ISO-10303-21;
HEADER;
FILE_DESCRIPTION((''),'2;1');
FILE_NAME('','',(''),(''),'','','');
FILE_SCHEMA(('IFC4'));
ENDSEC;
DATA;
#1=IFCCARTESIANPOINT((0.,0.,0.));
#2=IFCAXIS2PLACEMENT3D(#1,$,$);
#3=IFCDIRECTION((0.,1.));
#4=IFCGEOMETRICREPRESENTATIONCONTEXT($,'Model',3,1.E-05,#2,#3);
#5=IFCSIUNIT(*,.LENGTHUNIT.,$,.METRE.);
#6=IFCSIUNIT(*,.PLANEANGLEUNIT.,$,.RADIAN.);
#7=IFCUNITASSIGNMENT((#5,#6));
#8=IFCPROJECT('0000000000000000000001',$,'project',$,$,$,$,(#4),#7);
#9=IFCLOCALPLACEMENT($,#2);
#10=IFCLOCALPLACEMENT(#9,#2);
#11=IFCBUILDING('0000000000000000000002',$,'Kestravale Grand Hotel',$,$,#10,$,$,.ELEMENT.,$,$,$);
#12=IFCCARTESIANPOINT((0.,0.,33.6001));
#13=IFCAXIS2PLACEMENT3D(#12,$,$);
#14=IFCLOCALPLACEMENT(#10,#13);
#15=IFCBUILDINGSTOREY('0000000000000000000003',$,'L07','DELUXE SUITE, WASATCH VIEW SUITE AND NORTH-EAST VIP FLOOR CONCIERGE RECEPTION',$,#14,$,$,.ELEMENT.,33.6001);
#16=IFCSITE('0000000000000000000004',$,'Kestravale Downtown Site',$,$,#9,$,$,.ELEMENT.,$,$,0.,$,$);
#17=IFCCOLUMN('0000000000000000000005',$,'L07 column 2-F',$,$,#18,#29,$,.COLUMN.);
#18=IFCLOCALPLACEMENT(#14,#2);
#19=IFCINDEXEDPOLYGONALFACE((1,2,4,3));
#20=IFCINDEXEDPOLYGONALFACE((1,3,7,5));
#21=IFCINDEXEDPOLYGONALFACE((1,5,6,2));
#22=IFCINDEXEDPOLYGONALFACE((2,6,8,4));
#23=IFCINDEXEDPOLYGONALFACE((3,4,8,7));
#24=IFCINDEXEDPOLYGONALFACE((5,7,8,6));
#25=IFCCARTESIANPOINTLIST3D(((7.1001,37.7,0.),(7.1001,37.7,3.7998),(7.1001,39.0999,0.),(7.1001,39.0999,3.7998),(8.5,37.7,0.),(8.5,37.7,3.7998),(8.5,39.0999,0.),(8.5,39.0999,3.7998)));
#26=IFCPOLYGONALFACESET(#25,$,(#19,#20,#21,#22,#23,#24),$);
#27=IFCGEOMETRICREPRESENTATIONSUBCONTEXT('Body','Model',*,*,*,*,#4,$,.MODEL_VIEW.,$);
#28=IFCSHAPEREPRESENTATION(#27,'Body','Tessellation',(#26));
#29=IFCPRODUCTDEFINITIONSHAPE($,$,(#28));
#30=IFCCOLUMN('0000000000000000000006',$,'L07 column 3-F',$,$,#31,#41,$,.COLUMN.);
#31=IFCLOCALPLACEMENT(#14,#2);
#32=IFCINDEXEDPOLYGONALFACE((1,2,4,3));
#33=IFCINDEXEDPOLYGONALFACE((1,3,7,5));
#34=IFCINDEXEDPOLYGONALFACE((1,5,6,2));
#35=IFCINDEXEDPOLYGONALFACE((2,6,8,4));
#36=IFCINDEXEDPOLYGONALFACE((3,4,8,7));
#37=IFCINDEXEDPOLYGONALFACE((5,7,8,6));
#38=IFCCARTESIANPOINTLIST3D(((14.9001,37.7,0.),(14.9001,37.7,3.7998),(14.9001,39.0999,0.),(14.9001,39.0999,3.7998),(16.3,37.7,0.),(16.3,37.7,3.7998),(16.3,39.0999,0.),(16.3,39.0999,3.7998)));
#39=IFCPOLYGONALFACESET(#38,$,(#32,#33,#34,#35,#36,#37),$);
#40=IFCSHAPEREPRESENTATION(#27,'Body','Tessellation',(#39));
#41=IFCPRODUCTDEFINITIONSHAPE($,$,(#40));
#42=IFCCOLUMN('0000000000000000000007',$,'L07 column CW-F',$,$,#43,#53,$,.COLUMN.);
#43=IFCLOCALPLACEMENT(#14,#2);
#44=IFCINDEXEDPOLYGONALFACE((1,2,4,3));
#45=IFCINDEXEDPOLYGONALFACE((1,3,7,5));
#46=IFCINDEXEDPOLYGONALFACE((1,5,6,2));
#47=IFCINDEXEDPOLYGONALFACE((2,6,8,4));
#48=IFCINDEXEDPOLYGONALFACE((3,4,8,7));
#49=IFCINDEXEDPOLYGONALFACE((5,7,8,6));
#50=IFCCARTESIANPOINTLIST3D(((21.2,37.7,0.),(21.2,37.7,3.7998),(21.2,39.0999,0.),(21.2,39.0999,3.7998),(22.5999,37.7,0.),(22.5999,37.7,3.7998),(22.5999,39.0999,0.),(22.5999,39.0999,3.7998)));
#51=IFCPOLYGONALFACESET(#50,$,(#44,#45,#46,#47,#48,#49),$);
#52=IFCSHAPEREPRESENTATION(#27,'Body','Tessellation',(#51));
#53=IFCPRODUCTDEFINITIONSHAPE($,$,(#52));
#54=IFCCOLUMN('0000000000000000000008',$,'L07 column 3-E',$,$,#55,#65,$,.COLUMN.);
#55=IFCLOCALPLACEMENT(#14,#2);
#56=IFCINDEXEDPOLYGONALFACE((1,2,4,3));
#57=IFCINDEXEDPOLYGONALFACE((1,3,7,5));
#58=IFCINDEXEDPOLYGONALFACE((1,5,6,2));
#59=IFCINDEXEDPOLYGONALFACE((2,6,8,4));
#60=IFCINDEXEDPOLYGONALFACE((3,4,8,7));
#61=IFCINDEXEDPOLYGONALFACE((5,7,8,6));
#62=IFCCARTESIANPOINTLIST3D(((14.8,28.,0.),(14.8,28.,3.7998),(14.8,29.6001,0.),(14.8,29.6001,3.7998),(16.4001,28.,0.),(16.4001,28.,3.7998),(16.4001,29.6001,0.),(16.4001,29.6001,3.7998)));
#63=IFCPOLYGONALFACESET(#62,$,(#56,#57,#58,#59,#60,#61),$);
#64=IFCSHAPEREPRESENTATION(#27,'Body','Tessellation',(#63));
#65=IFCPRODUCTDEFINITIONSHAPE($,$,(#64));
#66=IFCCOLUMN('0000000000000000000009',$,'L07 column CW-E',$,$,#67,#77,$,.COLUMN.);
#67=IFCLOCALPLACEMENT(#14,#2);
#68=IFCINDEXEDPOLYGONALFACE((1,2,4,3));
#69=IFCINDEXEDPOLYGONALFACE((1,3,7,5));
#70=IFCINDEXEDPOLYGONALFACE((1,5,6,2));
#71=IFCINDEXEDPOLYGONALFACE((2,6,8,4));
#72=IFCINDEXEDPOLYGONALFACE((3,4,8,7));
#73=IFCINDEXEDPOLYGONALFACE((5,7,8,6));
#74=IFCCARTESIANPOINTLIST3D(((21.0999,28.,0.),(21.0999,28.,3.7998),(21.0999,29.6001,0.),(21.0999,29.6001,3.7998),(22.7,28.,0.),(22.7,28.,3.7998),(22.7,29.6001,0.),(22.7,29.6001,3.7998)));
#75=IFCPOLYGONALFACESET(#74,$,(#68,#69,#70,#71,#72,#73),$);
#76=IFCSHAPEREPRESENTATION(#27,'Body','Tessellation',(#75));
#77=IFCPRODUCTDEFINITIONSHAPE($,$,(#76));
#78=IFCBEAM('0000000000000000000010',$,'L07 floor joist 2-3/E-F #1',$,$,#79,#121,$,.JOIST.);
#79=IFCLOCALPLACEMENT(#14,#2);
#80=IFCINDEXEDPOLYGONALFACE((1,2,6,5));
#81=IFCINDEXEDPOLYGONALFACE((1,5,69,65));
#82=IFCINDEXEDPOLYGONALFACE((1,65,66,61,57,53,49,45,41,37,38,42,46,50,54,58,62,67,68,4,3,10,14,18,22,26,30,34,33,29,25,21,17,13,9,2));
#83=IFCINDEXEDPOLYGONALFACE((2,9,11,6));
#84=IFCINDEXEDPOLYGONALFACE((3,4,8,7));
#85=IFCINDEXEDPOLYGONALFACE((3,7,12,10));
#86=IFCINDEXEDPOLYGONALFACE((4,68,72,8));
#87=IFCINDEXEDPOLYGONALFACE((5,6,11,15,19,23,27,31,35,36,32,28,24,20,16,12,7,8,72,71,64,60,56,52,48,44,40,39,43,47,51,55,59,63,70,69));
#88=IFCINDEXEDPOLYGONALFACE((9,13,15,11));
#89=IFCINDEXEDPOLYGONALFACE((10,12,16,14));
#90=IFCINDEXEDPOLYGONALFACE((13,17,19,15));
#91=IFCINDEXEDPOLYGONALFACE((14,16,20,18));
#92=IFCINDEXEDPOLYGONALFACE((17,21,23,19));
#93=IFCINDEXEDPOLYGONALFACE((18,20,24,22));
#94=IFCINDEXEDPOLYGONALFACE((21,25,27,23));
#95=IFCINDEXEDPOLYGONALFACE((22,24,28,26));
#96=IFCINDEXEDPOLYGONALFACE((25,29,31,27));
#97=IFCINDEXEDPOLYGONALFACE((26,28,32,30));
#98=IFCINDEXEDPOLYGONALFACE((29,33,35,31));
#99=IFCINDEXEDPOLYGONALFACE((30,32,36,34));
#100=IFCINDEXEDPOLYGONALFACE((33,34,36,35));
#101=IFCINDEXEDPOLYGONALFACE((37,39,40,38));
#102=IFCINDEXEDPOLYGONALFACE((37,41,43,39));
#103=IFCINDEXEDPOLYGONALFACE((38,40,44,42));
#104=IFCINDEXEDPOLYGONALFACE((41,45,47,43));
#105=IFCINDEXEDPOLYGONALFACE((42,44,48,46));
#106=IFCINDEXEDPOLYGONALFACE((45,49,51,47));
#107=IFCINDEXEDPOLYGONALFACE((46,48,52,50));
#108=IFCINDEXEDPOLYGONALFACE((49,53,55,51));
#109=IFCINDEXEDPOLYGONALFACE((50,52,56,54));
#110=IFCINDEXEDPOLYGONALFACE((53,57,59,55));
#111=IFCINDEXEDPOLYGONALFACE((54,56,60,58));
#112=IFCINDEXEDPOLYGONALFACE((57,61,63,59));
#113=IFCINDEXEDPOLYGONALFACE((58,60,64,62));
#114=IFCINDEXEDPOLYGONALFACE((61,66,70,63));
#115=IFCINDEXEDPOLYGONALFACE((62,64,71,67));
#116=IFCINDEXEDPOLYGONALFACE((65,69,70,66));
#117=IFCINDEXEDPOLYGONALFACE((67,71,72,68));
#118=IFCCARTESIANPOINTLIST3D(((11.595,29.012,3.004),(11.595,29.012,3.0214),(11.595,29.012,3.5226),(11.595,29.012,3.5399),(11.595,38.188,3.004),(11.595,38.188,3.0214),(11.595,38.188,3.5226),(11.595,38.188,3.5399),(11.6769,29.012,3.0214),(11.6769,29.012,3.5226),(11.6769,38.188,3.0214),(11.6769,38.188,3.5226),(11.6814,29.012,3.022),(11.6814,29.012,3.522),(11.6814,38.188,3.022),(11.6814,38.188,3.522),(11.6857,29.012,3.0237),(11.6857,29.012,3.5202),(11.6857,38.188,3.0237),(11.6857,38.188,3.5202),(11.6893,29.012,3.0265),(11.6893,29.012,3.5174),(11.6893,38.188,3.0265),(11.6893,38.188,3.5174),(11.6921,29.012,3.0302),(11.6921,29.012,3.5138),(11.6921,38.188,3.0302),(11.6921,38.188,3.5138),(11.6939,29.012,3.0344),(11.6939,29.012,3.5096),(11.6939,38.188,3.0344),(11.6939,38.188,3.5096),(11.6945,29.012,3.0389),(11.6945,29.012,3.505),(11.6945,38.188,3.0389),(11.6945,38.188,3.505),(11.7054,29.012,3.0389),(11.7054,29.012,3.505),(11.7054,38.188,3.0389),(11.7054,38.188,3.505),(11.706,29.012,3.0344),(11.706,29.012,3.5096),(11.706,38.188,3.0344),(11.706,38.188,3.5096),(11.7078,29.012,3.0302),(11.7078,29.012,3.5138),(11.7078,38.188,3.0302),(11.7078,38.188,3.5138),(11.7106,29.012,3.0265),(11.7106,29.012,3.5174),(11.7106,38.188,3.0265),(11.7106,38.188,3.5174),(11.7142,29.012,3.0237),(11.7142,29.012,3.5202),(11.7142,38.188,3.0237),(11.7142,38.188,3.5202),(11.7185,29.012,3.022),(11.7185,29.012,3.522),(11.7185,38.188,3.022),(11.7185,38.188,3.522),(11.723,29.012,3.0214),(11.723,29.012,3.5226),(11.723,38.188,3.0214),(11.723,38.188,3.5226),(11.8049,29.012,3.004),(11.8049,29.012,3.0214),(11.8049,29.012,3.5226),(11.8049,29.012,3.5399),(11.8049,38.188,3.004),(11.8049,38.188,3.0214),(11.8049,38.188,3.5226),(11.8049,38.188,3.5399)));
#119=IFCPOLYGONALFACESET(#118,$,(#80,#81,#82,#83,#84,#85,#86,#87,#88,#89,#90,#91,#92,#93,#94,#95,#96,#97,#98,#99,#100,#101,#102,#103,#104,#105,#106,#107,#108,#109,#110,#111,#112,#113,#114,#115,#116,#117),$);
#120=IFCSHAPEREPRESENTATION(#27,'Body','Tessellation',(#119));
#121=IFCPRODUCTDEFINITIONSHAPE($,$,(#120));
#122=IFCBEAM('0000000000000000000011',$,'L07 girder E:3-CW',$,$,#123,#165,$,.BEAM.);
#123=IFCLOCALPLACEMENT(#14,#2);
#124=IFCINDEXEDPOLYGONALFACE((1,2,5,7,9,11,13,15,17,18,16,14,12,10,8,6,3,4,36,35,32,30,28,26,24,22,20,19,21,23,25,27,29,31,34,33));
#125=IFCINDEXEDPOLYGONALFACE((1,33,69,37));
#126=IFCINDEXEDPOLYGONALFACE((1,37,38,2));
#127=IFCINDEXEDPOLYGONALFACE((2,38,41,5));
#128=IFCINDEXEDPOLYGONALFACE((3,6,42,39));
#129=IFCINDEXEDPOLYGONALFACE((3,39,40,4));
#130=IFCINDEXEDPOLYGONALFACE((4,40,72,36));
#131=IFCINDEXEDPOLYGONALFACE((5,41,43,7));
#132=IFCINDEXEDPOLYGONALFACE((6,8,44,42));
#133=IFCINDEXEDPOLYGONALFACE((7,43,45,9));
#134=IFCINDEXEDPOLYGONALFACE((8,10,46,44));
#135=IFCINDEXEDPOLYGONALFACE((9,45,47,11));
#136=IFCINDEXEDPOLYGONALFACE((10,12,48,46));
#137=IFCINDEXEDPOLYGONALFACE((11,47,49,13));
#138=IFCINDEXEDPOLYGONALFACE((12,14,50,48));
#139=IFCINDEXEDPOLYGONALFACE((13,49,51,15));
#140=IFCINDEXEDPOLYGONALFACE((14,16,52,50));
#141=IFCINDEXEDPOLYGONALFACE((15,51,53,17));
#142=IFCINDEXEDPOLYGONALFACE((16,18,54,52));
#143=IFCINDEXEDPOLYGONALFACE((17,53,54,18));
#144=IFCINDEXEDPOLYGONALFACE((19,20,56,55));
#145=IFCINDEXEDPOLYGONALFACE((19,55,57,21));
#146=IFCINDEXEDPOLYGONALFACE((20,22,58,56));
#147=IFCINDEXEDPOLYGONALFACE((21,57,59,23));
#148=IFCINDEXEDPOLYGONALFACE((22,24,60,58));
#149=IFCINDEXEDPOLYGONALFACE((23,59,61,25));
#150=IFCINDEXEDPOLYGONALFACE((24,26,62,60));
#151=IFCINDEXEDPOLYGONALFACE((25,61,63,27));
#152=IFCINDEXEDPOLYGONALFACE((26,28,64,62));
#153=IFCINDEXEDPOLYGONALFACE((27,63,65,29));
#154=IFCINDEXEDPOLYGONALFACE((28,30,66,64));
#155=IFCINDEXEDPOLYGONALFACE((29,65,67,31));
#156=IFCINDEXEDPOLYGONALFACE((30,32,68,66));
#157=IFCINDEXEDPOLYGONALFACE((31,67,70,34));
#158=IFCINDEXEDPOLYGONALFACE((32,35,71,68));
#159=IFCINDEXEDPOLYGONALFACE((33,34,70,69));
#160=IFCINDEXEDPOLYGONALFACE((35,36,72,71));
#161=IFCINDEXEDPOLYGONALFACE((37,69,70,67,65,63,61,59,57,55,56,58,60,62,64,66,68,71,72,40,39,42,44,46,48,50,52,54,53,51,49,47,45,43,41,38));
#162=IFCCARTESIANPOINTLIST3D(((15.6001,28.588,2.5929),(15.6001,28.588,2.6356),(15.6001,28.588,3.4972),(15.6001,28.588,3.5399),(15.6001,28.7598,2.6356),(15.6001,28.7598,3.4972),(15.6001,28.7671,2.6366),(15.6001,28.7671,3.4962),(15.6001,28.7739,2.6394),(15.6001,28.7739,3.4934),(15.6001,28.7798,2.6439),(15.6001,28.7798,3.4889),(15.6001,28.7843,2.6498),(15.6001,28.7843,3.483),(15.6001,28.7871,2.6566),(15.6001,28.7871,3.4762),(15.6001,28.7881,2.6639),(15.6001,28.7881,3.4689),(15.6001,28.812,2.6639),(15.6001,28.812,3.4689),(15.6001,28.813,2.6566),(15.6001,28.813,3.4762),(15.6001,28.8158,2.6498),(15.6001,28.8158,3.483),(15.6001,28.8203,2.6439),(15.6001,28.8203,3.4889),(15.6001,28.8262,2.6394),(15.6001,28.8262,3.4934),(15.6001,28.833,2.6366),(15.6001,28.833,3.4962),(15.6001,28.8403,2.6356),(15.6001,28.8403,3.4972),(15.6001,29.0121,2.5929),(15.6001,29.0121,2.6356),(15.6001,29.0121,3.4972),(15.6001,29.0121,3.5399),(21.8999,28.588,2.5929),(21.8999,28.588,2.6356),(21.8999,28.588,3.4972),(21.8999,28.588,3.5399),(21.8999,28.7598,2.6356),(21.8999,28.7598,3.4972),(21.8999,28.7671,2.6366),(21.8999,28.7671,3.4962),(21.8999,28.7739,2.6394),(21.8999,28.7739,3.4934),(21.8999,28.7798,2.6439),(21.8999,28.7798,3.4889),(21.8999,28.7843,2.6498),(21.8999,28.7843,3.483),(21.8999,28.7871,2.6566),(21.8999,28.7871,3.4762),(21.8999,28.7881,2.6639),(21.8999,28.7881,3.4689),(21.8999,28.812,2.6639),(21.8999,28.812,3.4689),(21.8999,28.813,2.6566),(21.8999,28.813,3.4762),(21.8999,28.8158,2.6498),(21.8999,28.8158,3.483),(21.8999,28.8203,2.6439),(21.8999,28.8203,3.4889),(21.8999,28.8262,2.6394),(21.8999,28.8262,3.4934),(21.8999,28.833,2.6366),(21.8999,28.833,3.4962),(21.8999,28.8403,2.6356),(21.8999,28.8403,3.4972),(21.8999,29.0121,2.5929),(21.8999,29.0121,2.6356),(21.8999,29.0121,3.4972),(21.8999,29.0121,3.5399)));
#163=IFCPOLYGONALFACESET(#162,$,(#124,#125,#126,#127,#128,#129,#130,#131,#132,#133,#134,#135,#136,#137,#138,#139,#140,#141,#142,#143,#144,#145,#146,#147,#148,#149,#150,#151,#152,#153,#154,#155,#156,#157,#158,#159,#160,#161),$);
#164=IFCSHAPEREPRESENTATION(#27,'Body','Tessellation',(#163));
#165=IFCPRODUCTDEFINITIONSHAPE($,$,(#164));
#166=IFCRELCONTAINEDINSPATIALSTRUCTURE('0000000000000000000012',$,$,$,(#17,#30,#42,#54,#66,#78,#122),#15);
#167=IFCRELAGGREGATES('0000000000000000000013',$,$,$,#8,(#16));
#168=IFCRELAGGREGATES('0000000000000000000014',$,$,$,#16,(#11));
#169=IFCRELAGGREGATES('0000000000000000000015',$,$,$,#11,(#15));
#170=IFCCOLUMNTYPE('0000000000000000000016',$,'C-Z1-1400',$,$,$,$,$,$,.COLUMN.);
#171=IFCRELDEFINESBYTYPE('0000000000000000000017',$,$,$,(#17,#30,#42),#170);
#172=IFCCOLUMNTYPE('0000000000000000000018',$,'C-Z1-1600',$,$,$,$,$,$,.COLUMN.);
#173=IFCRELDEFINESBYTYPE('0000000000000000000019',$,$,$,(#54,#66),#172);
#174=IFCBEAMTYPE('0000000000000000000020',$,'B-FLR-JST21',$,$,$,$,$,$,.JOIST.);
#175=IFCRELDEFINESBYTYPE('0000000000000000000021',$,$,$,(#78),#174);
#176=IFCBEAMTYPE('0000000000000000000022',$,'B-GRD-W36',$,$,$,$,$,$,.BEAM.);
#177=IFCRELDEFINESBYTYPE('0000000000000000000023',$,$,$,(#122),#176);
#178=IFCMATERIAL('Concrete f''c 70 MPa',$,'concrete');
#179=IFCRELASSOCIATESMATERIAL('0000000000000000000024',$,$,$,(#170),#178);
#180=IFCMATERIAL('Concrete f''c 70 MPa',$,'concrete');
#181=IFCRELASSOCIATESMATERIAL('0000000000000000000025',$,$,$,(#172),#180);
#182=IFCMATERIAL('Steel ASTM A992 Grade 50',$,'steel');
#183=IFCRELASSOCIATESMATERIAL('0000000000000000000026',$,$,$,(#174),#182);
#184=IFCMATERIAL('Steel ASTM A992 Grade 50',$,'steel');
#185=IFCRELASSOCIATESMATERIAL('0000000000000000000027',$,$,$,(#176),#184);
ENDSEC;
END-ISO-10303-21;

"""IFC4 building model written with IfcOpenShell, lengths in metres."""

from ifc_helpers import new_model, si_unit, direction, frame, origin, origin_2d, place, context, subcontext, project, spatial, rectangle, i_section, extrude, material, material_profile, profile_set, type_object, element, save


model = new_model("IFC4")

# Units and contexts
model_context = context("Model", 3, precision=1e-05, world=origin(), true_north=direction((0.0, 1.0)))
body_context = subcontext(model_context, "Body", "Model", "MODEL_VIEW")
ifc_project = project(units=[si_unit("LENGTHUNIT", "METRE"), si_unit("PLANEANGLEUNIT", "RADIAN")], contexts=[model_context])

# Site, building, storey
site_placement = place(None, origin())
site = spatial("IfcSite", under=ifc_project, at=site_placement, Name="Kestravale Downtown Site", CompositionType="ELEMENT", RefElevation=0.0)
building_placement = place(site_placement, origin())
building = spatial("IfcBuilding", under=site, at=building_placement, Name="Kestravale Grand Hotel", CompositionType="ELEMENT")
storey_placement = place(building_placement, frame((0.0, 0.0, 33.6001)))
storey = spatial("IfcBuildingStorey", under=building, at=storey_placement, Name="L07", Description="DELUXE SUITE, WASATCH VIEW SUITE AND NORTH-EAST VIP FLOOR CONCIERGE RECEPTION", CompositionType="ELEMENT", Elevation=33.6001)

# Columns
ifc_material_1 = material(Name="Concrete f'c 70 MPa", Category="concrete")
ifc_material_profile_1 = material_profile(ifc_material_1, rectangle(XDim=1.3999, YDim=1.3999, at=origin_2d()))
ifc_profile_set_1 = profile_set([ifc_material_profile_1], Name="Concrete f'c 70 MPa")
column_type_1 = type_object("IfcColumnType", Name="C-Z1-1400", PredefinedType="COLUMN", material=ifc_profile_set_1)
for number, where, z_axis, x_axis, name in (
    (1, (7.8, 38.3999, 0.0), (0.0, 0.0, 1.0), (1.0, 0.0, 0.0), "L07 column 2-F"),
    (2, (15.6001, 38.3999, 0.0), (0.0, 0.0, 1.0), (1.0, 0.0, 0.0), "L07 column 3-F"),
    (3, (21.8999, 38.3999, 0.0), (0.0, 0.0, 1.0), (1.0, 0.0, 0.0), "L07 column CW-F"),
):
    element("IfcColumn", number, at=place(storey_placement, frame(where, z_axis=z_axis, x_axis=x_axis)), inside=storey, type_object=column_type_1, Name=name, PredefinedType="COLUMN", context=body_context, shape_type="SweptSolid", body=[
        extrude(rectangle(XDim=1.3999, YDim=1.3999, at=origin_2d()), origin(), (0.0, 0.0, 1.0), 3.7998),
    ])
ifc_material_2 = material(Name="Concrete f'c 70 MPa", Category="concrete")
ifc_material_profile_2 = material_profile(ifc_material_2, rectangle(XDim=1.6001, YDim=1.6001, at=origin_2d()))
ifc_profile_set_2 = profile_set([ifc_material_profile_2], Name="Concrete f'c 70 MPa")
column_type_2 = type_object("IfcColumnType", Name="C-Z1-1600", PredefinedType="COLUMN", material=ifc_profile_set_2)
for number, where, z_axis, x_axis, name in (
    (4, (15.6001, 28.8, 0.0), (0.0, 0.0, 1.0), (1.0, 0.0, 0.0), "L07 column 3-E"),
    (5, (21.8999, 28.8, 0.0), (0.0, 0.0, 1.0), (1.0, 0.0, 0.0), "L07 column CW-E"),
):
    element("IfcColumn", number, at=place(storey_placement, frame(where, z_axis=z_axis, x_axis=x_axis)), inside=storey, type_object=column_type_2, Name=name, PredefinedType="COLUMN", context=body_context, shape_type="SweptSolid", body=[
        extrude(rectangle(XDim=1.6001, YDim=1.6001, at=origin_2d()), origin(), (0.0, 0.0, 1.0), 3.7998),
    ])

# Beams
ifc_material_3 = material(Name="Steel ASTM A992 Grade 50", Category="steel")
ifc_material_profile_3 = material_profile(ifc_material_3, i_section(OverallWidth=0.21, OverallDepth=0.5359, WebThickness=0.011, FlangeThickness=0.0173, FilletRadius=0.0176, at=origin_2d()))
ifc_profile_set_3 = profile_set([ifc_material_profile_3], Name="Steel ASTM A992 Grade 50")
beam_type_1 = type_object("IfcBeamType", Name="B-FLR-JST21", PredefinedType="JOIST", material=ifc_profile_set_3)
beam_1_placement = place(storey_placement, frame((11.7, 29.012, 3.272), z_axis=(0.0, 1.0, 0.0), x_axis=(-1.0, 0.0, 0.0)))
element("IfcBeam", 6, at=beam_1_placement, inside=storey, type_object=beam_type_1, Name="L07 floor joist 2-3/E-F #1", PredefinedType="JOIST", context=body_context, shape_type="SweptSolid", body=[
    extrude(i_section(OverallWidth=0.21, OverallDepth=0.5359, WebThickness=0.011, FlangeThickness=0.0173, FilletRadius=0.0176, at=origin_2d()), origin(), (0.0, 0.0, 1.0), 9.176),
])
ifc_material_4 = material(Name="Steel ASTM A992 Grade 50", Category="steel")
ifc_material_profile_4 = material_profile(ifc_material_4, i_section(OverallWidth=0.4241, OverallDepth=0.947, WebThickness=0.0239, FlangeThickness=0.0427, FilletRadius=0.0283, at=origin_2d()))
ifc_profile_set_4 = profile_set([ifc_material_profile_4], Name="Steel ASTM A992 Grade 50")
beam_type_2 = type_object("IfcBeamType", Name="B-GRD-W36", PredefinedType="BEAM", material=ifc_profile_set_4)
beam_2_placement = place(storey_placement, frame((15.6001, 28.8, 3.0664), z_axis=(1.0, 0.0, 0.0), x_axis=(0.0, 1.0, 0.0)))
element("IfcBeam", 7, at=beam_2_placement, inside=storey, type_object=beam_type_2, Name="L07 girder E:3-CW", PredefinedType="BEAM", context=body_context, shape_type="SweptSolid", body=[
    extrude(i_section(OverallWidth=0.4241, OverallDepth=0.947, WebThickness=0.0239, FlangeThickness=0.0427, FilletRadius=0.0283, at=origin_2d()), origin(), (0.0, 0.0, 1.0), 6.2998),
])

save(model, "model.ifc")
